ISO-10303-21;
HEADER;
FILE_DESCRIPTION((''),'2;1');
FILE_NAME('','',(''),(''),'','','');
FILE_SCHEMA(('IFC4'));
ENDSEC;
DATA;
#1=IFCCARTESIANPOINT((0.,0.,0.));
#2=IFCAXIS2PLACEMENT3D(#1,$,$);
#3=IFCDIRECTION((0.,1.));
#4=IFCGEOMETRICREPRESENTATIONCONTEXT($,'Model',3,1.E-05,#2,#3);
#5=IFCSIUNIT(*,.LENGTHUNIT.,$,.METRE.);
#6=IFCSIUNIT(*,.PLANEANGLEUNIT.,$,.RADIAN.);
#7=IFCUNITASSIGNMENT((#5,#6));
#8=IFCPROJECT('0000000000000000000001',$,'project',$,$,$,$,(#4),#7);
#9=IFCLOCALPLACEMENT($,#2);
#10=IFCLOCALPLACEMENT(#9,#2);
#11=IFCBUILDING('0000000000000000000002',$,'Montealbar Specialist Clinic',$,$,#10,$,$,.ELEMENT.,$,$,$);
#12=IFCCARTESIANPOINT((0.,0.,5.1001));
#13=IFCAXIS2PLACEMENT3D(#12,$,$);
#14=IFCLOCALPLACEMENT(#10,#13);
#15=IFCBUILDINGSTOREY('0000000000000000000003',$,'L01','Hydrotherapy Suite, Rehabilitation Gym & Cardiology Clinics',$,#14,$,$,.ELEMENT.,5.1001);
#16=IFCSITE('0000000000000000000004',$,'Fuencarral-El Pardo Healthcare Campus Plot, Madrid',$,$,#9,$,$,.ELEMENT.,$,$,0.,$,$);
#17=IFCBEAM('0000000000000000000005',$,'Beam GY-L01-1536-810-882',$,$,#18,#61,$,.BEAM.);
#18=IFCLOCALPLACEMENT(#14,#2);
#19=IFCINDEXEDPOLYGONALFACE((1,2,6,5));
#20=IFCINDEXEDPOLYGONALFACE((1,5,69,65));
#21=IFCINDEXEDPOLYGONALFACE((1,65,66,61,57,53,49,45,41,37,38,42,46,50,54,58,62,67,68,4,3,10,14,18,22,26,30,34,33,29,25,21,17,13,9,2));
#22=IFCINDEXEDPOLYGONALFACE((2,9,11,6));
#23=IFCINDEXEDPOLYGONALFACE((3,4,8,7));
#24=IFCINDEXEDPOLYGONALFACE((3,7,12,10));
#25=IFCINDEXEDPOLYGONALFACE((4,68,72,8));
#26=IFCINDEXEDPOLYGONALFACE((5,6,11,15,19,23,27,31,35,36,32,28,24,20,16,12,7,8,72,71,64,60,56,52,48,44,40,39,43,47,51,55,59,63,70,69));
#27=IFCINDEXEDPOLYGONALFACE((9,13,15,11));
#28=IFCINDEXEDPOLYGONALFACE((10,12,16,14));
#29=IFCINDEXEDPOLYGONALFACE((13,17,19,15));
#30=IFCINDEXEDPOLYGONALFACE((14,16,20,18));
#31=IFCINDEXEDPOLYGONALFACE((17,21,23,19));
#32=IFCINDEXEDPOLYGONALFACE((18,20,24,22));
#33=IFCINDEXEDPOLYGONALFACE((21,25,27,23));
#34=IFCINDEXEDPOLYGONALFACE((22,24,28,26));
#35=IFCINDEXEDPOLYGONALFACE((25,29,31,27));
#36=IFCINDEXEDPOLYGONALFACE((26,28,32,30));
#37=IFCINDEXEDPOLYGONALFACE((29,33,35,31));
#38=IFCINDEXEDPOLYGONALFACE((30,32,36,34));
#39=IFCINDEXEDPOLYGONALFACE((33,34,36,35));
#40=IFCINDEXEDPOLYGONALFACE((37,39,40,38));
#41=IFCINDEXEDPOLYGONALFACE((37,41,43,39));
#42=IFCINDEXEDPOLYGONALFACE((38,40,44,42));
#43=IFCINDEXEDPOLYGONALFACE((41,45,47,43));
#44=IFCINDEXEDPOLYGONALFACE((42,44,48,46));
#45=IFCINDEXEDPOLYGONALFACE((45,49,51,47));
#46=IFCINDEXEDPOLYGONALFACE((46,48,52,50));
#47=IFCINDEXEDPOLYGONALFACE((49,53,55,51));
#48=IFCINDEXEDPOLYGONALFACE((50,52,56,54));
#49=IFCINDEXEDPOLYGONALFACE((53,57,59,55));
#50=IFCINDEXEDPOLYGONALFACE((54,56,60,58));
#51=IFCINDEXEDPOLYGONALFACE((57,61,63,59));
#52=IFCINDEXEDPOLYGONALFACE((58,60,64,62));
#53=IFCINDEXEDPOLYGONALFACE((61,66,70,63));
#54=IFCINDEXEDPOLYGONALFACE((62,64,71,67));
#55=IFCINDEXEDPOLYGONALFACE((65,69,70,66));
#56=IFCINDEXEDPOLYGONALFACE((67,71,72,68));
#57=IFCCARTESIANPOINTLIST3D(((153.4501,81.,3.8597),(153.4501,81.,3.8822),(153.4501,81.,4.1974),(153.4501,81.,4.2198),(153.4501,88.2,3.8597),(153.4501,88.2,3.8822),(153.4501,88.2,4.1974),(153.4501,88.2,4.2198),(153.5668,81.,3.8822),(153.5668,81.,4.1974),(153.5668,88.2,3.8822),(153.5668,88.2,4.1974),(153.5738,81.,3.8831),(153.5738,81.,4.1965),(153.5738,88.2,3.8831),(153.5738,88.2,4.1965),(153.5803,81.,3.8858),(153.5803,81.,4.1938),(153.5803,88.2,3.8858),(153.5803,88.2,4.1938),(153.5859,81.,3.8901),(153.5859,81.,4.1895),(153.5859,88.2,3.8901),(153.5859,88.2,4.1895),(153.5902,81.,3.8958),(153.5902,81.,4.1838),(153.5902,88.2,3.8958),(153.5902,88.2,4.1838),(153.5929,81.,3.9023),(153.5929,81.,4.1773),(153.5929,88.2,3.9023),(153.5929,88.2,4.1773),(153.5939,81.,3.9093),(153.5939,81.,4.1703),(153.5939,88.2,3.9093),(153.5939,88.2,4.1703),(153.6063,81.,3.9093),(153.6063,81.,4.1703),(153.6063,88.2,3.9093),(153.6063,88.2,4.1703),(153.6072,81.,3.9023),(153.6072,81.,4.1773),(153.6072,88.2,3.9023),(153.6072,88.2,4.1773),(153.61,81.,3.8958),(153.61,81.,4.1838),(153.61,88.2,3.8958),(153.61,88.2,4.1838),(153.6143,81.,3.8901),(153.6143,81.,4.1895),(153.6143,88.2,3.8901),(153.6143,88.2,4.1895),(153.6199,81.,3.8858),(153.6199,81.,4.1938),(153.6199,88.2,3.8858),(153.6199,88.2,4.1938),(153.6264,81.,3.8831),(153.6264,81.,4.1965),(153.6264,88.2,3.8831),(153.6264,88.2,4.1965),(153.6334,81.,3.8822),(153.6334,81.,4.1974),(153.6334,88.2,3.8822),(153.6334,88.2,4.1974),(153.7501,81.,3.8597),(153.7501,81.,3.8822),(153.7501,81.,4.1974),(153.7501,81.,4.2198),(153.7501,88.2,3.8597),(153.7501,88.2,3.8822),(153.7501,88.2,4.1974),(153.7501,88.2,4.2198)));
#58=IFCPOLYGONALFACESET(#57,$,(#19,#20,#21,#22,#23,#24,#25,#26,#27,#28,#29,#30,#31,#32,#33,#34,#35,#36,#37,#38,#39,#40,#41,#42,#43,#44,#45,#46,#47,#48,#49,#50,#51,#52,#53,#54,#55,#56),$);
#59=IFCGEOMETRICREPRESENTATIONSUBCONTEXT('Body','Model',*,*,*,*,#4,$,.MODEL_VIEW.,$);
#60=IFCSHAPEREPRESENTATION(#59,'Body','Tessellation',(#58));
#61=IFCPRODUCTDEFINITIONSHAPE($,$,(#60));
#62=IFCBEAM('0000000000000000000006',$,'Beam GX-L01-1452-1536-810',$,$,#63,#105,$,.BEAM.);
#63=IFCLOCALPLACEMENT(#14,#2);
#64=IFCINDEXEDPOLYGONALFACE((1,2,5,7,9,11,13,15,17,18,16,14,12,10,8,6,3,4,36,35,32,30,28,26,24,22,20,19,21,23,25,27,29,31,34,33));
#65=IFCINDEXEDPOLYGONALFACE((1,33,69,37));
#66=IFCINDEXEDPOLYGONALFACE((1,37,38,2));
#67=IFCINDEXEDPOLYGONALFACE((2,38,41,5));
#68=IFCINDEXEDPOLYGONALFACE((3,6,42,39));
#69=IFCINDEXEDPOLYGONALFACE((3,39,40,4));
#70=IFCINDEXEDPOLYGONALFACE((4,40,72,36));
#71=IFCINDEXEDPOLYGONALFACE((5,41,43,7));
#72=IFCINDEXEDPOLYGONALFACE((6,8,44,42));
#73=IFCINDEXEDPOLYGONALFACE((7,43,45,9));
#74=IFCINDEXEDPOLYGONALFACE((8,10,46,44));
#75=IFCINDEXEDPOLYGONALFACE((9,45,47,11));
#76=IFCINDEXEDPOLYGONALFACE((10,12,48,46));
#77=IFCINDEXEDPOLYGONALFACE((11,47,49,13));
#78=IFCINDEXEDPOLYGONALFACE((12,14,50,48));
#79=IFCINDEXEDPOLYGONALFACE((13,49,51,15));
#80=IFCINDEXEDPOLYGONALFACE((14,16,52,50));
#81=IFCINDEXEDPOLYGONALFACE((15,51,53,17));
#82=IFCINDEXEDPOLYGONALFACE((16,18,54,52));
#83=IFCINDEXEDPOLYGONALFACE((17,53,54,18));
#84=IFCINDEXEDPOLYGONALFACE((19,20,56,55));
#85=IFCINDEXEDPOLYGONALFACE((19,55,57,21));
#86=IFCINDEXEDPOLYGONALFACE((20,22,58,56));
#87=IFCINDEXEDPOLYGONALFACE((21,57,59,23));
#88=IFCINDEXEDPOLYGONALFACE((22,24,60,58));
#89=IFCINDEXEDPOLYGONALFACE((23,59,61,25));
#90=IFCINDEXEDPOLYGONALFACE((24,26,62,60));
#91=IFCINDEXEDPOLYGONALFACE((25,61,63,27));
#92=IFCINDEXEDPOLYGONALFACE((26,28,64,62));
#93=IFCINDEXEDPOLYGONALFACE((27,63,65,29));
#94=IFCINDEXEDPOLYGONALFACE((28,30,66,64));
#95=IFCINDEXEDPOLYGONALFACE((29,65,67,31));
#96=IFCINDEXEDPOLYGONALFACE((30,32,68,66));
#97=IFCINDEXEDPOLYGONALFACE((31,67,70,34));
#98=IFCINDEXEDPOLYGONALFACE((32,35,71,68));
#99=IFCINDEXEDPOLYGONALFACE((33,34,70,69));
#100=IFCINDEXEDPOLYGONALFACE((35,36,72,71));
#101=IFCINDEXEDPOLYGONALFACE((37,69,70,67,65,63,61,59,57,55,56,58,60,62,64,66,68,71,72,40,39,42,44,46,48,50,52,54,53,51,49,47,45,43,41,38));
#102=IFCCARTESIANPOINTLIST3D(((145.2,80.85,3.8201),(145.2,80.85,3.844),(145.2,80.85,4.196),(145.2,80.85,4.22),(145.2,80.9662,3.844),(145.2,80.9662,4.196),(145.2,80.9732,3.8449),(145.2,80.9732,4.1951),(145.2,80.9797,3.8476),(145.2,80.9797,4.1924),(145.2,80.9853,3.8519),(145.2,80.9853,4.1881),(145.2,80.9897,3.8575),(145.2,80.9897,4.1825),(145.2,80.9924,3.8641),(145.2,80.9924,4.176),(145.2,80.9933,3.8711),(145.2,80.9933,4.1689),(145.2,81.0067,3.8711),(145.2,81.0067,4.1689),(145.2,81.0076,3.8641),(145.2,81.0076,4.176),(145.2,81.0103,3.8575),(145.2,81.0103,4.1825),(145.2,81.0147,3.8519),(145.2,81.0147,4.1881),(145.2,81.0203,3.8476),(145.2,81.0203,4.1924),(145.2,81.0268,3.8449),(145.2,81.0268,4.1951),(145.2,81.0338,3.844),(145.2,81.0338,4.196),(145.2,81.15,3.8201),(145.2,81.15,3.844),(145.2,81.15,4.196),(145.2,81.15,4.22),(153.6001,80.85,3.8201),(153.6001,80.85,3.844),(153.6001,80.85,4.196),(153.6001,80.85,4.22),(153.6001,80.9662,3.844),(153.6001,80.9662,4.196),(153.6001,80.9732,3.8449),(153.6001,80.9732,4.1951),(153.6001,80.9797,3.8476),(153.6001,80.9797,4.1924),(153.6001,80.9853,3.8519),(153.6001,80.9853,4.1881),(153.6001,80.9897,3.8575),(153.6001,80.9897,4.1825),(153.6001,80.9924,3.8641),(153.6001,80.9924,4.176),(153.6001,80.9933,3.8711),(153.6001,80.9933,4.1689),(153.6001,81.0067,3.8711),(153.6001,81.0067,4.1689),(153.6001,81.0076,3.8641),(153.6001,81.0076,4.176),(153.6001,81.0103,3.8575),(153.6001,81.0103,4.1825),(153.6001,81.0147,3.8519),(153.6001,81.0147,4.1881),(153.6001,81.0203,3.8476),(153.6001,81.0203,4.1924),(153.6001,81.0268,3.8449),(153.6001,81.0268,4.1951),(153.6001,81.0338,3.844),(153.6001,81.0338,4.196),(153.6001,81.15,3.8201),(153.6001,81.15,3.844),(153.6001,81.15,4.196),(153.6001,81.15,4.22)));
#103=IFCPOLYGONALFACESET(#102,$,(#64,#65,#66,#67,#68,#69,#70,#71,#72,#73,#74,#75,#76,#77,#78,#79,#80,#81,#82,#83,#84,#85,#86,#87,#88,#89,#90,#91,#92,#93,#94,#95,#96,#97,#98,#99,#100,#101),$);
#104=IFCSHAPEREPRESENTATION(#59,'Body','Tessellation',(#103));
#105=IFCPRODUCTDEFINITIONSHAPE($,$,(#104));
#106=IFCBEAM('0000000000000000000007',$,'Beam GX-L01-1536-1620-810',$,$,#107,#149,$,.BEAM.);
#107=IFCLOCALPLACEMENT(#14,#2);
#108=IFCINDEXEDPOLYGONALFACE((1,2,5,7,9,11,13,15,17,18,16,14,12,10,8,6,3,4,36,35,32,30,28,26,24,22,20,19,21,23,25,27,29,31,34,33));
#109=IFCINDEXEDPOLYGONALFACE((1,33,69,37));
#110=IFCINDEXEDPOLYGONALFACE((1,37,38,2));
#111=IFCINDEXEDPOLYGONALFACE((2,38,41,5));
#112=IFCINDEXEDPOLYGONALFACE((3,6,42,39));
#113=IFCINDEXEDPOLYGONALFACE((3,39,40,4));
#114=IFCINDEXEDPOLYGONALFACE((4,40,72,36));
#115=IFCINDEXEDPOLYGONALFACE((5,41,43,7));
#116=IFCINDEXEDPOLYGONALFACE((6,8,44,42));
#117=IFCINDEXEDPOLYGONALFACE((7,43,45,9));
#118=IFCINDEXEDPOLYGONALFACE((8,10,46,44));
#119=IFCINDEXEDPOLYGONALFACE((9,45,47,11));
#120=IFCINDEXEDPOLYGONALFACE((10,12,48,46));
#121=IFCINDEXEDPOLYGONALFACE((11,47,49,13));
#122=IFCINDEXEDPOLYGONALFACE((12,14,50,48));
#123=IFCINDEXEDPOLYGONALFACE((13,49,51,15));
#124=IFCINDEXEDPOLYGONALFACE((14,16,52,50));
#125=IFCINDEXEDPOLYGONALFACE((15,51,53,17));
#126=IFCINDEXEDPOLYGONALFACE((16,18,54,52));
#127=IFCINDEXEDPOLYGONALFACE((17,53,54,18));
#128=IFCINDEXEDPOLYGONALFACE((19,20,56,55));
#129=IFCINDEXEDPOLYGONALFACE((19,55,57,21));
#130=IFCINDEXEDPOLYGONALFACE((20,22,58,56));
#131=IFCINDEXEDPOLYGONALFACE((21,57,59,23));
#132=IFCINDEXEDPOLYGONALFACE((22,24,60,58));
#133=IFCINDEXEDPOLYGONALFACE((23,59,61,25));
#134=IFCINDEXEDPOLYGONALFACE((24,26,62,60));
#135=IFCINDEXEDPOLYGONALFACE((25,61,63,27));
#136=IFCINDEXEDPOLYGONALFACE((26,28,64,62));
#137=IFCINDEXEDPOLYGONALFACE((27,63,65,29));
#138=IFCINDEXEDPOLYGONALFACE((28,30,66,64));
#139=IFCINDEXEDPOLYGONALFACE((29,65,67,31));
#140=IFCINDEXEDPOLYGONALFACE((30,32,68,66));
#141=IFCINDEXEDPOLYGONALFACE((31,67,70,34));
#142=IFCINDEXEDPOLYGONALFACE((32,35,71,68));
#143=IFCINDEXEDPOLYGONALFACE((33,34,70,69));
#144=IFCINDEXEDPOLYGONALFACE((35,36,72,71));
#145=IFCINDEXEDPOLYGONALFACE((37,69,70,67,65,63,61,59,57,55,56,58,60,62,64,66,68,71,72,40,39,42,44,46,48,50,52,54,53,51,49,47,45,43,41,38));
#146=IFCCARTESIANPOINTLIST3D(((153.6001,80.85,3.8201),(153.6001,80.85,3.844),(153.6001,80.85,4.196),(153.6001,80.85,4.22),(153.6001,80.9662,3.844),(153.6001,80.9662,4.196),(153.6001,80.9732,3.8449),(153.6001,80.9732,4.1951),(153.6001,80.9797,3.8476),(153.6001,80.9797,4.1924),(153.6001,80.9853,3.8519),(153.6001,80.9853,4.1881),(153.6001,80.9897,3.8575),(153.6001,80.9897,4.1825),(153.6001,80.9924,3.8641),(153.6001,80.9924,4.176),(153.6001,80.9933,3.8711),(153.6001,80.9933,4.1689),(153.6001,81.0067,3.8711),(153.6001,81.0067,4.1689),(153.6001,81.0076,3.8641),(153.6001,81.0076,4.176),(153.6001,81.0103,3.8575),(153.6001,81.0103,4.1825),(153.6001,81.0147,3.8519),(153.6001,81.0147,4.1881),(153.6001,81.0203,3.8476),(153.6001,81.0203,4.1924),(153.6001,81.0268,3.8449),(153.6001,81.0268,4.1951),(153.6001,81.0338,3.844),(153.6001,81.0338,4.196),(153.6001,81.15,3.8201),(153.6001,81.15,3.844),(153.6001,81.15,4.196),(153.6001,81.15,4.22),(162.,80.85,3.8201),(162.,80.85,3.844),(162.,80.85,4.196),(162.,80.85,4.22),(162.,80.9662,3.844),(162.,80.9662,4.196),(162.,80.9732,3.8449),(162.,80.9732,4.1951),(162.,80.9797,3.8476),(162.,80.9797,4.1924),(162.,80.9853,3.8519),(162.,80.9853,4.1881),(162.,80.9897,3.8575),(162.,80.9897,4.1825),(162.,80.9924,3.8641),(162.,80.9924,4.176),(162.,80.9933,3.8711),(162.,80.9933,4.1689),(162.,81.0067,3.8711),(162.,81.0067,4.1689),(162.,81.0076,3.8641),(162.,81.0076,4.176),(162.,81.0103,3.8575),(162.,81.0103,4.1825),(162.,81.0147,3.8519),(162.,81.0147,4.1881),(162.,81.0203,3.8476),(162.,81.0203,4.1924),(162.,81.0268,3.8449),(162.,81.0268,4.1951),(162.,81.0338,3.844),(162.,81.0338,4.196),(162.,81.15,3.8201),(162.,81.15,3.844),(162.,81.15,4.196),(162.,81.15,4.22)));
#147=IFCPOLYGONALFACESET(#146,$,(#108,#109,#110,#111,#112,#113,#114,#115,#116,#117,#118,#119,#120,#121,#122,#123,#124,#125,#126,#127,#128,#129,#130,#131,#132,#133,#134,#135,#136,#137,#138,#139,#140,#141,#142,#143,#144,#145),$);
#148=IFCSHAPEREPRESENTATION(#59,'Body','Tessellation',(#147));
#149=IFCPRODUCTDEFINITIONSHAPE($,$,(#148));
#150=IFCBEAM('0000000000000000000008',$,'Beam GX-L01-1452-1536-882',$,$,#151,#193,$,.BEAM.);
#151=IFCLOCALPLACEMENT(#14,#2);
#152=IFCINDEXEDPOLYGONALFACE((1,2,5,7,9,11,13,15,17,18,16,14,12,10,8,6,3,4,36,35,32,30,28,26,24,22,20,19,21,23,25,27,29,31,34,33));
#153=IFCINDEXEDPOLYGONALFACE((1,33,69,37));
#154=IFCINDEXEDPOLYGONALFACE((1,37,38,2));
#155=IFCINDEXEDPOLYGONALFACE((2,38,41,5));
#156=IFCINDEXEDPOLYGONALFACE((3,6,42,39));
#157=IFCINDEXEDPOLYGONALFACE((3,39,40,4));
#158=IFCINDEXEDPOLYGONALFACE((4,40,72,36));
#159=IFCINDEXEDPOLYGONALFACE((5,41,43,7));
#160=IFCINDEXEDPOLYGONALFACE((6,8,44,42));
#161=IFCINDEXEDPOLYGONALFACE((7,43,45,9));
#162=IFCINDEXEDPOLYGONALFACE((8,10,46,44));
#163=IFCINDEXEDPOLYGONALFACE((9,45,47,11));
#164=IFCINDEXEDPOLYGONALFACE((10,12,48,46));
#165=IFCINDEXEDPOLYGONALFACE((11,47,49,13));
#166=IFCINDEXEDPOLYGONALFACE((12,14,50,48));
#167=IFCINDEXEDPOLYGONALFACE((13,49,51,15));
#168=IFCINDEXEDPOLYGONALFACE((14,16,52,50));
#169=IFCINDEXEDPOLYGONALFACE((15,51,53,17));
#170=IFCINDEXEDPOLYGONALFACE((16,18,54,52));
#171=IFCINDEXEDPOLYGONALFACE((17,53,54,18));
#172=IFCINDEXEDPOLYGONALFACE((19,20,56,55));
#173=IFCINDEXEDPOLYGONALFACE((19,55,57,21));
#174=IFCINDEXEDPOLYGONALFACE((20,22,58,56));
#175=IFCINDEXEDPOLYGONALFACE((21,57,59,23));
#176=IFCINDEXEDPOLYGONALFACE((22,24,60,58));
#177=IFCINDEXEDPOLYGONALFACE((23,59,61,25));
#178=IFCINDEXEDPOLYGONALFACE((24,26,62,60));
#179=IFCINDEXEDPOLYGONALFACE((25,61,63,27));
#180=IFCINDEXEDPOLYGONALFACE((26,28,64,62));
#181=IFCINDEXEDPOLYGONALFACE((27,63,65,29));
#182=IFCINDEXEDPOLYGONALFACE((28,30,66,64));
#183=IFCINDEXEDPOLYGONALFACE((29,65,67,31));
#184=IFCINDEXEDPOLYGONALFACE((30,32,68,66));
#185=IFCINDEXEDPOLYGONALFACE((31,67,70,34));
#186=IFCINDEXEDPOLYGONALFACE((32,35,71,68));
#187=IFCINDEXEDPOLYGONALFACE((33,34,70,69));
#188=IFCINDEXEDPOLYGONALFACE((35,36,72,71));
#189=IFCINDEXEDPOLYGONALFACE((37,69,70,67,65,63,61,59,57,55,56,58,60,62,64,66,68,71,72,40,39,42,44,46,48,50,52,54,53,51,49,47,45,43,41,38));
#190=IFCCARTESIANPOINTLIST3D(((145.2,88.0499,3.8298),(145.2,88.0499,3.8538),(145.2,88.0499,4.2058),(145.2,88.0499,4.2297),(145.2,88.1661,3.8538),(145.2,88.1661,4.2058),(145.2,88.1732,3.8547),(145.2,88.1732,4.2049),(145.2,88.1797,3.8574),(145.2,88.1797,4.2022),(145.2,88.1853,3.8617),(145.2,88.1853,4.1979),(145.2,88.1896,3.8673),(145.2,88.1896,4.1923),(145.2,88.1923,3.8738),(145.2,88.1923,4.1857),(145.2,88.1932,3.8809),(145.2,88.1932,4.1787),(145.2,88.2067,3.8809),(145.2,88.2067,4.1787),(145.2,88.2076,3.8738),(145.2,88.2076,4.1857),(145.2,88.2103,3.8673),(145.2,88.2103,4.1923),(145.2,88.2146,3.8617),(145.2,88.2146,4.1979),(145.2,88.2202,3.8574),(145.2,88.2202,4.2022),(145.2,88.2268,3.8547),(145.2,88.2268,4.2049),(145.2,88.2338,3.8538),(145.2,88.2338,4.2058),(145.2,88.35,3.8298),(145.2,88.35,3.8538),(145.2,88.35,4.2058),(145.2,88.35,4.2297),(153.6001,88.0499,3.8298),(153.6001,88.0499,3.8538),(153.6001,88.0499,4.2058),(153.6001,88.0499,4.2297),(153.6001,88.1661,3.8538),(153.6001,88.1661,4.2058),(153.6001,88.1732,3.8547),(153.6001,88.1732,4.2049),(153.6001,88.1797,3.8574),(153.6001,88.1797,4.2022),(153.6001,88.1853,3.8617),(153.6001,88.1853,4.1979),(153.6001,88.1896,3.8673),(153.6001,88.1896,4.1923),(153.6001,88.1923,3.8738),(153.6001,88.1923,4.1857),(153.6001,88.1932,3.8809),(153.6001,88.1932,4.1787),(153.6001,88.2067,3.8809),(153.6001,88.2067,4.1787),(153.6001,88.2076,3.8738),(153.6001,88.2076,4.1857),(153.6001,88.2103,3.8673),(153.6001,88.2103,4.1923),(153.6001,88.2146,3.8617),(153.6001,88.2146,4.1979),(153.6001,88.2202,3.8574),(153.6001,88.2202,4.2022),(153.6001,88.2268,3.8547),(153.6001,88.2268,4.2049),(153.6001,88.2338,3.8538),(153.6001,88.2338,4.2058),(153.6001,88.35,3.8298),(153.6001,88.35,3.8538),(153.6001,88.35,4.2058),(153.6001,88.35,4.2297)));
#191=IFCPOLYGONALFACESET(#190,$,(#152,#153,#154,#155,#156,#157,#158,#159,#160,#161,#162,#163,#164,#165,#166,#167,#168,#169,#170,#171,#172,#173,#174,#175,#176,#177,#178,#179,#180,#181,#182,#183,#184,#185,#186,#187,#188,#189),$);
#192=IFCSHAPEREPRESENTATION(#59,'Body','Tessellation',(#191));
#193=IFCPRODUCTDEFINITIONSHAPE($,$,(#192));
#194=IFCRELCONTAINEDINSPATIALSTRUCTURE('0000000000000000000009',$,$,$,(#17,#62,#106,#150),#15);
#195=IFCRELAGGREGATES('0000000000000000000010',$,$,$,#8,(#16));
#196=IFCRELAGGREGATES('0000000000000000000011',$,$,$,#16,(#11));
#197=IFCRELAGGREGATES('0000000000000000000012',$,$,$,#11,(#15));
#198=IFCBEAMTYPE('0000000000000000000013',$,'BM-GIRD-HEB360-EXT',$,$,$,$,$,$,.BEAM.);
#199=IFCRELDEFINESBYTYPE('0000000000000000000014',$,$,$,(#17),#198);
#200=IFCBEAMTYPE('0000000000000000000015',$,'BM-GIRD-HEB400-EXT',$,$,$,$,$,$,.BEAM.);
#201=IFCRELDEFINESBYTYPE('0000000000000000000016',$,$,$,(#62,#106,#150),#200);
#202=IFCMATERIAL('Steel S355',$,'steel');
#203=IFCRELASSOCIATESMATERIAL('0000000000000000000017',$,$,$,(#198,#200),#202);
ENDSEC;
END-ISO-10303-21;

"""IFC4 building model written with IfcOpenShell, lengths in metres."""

from ifc_helpers import new_model, si_unit, direction, frame, origin, origin_2d, place, context, subcontext, project, spatial, i_section, extrude, material, material_profile, profile_set, type_object, element, save


model = new_model("IFC4")

# Units and contexts
model_context = context("Model", 3, precision=1e-05, world=origin(), true_north=direction((0.0, 1.0)))
body_context = subcontext(model_context, "Body", "Model", "MODEL_VIEW")
ifc_project = project(units=[si_unit("LENGTHUNIT", "METRE"), si_unit("PLANEANGLEUNIT", "RADIAN")], contexts=[model_context])

# Site, building, storey
site_placement = place(None, origin())
site = spatial("IfcSite", under=ifc_project, at=site_placement, Name="Fuencarral-El Pardo Healthcare Campus Plot, Madrid", CompositionType="ELEMENT", RefElevation=0.0)
building_placement = place(site_placement, origin())
building = spatial("IfcBuilding", under=site, at=building_placement, Name="Montealbar Specialist Clinic", CompositionType="ELEMENT")
storey_placement = place(building_placement, frame((0.0, 0.0, 5.1001)))
storey = spatial("IfcBuildingStorey", under=building, at=storey_placement, Name="L01", Description="Hydrotherapy Suite, Rehabilitation Gym & Cardiology Clinics", CompositionType="ELEMENT", Elevation=5.1001)

# Shared definitions
ifc_material_1 = material(Name="Steel S355", Category="steel")

# Beams
ifc_material_profile_1 = material_profile(ifc_material_1, i_section(OverallWidth=0.3, OverallDepth=0.3601, WebThickness=0.0125, FlangeThickness=0.0225, FilletRadius=0.0271, at=origin_2d()), Name="HEB 360", Category="steel")
ifc_profile_set_1 = profile_set([ifc_material_profile_1], Name="Steel S355")
beam_type_1 = type_object("IfcBeamType", Name="BM-GIRD-HEB360-EXT", PredefinedType="BEAM", material=ifc_profile_set_1)
beam_1_placement = place(storey_placement, frame((153.6001, 81.0, 4.0398), z_axis=(0.0, 1.0, 0.0), x_axis=(-1.0, 0.0, 0.0)))
element("IfcBeam", 1, at=beam_1_placement, inside=storey, type_object=beam_type_1, Name="Beam GY-L01-1536-810-882", PredefinedType="BEAM", context=body_context, shape_type="SweptSolid", body=[
    extrude(i_section(OverallWidth=0.3, OverallDepth=0.3601, WebThickness=0.0125, FlangeThickness=0.0225, FilletRadius=0.0271, at=origin_2d()), origin(), (0.0, 0.0, 1.0), 7.2),
])
ifc_material_profile_2 = material_profile(ifc_material_1, i_section(OverallWidth=0.3, OverallDepth=0.3999, WebThickness=0.0134, FlangeThickness=0.0239, FilletRadius=0.0271, at=origin_2d()), Name="HEB 400", Category="steel")
ifc_profile_set_2 = profile_set([ifc_material_profile_2], Name="Steel S355")
beam_type_2 = type_object("IfcBeamType", Name="BM-GIRD-HEB400-EXT", PredefinedType="BEAM", material=ifc_profile_set_2)
beam_2_placement = place(storey_placement, frame((145.2, 81.0, 4.02), z_axis=(1.0, 0.0, 0.0), x_axis=(0.0, 1.0, 0.0)))
element("IfcBeam", 2, at=beam_2_placement, inside=storey, type_object=beam_type_2, Name="Beam GX-L01-1452-1536-810", PredefinedType="BEAM", context=body_context, shape_type="SweptSolid", body=[
    extrude(i_section(OverallWidth=0.3, OverallDepth=0.3999, WebThickness=0.0134, FlangeThickness=0.0239, FilletRadius=0.0271, at=origin_2d()), origin(), (0.0, 0.0, 1.0), 8.4001),
])
beam_3_placement = place(storey_placement, frame((153.6001, 81.0, 4.02), z_axis=(1.0, 0.0, 0.0), x_axis=(0.0, 1.0, 0.0)))
element("IfcBeam", 3, at=beam_3_placement, inside=storey, type_object=beam_type_2, Name="Beam GX-L01-1536-1620-810", PredefinedType="BEAM", context=body_context, shape_type="SweptSolid", body=[
    extrude(i_section(OverallWidth=0.3, OverallDepth=0.3999, WebThickness=0.0134, FlangeThickness=0.0239, FilletRadius=0.0271, at=origin_2d()), origin(), (0.0, 0.0, 1.0), 8.3999),
])
beam_4_placement = place(storey_placement, frame((145.2, 88.2, 4.0298), z_axis=(1.0, 0.0, 0.0), x_axis=(0.0, 1.0, 0.0)))
element("IfcBeam", 4, at=beam_4_placement, inside=storey, type_object=beam_type_2, Name="Beam GX-L01-1452-1536-882", PredefinedType="BEAM", context=body_context, shape_type="SweptSolid", body=[
    extrude(i_section(OverallWidth=0.3, OverallDepth=0.3999, WebThickness=0.0134, FlangeThickness=0.0239, FilletRadius=0.0271, at=origin_2d()), origin(), (0.0, 0.0, 1.0), 8.4001),
])

save(model, "model.ifc")
